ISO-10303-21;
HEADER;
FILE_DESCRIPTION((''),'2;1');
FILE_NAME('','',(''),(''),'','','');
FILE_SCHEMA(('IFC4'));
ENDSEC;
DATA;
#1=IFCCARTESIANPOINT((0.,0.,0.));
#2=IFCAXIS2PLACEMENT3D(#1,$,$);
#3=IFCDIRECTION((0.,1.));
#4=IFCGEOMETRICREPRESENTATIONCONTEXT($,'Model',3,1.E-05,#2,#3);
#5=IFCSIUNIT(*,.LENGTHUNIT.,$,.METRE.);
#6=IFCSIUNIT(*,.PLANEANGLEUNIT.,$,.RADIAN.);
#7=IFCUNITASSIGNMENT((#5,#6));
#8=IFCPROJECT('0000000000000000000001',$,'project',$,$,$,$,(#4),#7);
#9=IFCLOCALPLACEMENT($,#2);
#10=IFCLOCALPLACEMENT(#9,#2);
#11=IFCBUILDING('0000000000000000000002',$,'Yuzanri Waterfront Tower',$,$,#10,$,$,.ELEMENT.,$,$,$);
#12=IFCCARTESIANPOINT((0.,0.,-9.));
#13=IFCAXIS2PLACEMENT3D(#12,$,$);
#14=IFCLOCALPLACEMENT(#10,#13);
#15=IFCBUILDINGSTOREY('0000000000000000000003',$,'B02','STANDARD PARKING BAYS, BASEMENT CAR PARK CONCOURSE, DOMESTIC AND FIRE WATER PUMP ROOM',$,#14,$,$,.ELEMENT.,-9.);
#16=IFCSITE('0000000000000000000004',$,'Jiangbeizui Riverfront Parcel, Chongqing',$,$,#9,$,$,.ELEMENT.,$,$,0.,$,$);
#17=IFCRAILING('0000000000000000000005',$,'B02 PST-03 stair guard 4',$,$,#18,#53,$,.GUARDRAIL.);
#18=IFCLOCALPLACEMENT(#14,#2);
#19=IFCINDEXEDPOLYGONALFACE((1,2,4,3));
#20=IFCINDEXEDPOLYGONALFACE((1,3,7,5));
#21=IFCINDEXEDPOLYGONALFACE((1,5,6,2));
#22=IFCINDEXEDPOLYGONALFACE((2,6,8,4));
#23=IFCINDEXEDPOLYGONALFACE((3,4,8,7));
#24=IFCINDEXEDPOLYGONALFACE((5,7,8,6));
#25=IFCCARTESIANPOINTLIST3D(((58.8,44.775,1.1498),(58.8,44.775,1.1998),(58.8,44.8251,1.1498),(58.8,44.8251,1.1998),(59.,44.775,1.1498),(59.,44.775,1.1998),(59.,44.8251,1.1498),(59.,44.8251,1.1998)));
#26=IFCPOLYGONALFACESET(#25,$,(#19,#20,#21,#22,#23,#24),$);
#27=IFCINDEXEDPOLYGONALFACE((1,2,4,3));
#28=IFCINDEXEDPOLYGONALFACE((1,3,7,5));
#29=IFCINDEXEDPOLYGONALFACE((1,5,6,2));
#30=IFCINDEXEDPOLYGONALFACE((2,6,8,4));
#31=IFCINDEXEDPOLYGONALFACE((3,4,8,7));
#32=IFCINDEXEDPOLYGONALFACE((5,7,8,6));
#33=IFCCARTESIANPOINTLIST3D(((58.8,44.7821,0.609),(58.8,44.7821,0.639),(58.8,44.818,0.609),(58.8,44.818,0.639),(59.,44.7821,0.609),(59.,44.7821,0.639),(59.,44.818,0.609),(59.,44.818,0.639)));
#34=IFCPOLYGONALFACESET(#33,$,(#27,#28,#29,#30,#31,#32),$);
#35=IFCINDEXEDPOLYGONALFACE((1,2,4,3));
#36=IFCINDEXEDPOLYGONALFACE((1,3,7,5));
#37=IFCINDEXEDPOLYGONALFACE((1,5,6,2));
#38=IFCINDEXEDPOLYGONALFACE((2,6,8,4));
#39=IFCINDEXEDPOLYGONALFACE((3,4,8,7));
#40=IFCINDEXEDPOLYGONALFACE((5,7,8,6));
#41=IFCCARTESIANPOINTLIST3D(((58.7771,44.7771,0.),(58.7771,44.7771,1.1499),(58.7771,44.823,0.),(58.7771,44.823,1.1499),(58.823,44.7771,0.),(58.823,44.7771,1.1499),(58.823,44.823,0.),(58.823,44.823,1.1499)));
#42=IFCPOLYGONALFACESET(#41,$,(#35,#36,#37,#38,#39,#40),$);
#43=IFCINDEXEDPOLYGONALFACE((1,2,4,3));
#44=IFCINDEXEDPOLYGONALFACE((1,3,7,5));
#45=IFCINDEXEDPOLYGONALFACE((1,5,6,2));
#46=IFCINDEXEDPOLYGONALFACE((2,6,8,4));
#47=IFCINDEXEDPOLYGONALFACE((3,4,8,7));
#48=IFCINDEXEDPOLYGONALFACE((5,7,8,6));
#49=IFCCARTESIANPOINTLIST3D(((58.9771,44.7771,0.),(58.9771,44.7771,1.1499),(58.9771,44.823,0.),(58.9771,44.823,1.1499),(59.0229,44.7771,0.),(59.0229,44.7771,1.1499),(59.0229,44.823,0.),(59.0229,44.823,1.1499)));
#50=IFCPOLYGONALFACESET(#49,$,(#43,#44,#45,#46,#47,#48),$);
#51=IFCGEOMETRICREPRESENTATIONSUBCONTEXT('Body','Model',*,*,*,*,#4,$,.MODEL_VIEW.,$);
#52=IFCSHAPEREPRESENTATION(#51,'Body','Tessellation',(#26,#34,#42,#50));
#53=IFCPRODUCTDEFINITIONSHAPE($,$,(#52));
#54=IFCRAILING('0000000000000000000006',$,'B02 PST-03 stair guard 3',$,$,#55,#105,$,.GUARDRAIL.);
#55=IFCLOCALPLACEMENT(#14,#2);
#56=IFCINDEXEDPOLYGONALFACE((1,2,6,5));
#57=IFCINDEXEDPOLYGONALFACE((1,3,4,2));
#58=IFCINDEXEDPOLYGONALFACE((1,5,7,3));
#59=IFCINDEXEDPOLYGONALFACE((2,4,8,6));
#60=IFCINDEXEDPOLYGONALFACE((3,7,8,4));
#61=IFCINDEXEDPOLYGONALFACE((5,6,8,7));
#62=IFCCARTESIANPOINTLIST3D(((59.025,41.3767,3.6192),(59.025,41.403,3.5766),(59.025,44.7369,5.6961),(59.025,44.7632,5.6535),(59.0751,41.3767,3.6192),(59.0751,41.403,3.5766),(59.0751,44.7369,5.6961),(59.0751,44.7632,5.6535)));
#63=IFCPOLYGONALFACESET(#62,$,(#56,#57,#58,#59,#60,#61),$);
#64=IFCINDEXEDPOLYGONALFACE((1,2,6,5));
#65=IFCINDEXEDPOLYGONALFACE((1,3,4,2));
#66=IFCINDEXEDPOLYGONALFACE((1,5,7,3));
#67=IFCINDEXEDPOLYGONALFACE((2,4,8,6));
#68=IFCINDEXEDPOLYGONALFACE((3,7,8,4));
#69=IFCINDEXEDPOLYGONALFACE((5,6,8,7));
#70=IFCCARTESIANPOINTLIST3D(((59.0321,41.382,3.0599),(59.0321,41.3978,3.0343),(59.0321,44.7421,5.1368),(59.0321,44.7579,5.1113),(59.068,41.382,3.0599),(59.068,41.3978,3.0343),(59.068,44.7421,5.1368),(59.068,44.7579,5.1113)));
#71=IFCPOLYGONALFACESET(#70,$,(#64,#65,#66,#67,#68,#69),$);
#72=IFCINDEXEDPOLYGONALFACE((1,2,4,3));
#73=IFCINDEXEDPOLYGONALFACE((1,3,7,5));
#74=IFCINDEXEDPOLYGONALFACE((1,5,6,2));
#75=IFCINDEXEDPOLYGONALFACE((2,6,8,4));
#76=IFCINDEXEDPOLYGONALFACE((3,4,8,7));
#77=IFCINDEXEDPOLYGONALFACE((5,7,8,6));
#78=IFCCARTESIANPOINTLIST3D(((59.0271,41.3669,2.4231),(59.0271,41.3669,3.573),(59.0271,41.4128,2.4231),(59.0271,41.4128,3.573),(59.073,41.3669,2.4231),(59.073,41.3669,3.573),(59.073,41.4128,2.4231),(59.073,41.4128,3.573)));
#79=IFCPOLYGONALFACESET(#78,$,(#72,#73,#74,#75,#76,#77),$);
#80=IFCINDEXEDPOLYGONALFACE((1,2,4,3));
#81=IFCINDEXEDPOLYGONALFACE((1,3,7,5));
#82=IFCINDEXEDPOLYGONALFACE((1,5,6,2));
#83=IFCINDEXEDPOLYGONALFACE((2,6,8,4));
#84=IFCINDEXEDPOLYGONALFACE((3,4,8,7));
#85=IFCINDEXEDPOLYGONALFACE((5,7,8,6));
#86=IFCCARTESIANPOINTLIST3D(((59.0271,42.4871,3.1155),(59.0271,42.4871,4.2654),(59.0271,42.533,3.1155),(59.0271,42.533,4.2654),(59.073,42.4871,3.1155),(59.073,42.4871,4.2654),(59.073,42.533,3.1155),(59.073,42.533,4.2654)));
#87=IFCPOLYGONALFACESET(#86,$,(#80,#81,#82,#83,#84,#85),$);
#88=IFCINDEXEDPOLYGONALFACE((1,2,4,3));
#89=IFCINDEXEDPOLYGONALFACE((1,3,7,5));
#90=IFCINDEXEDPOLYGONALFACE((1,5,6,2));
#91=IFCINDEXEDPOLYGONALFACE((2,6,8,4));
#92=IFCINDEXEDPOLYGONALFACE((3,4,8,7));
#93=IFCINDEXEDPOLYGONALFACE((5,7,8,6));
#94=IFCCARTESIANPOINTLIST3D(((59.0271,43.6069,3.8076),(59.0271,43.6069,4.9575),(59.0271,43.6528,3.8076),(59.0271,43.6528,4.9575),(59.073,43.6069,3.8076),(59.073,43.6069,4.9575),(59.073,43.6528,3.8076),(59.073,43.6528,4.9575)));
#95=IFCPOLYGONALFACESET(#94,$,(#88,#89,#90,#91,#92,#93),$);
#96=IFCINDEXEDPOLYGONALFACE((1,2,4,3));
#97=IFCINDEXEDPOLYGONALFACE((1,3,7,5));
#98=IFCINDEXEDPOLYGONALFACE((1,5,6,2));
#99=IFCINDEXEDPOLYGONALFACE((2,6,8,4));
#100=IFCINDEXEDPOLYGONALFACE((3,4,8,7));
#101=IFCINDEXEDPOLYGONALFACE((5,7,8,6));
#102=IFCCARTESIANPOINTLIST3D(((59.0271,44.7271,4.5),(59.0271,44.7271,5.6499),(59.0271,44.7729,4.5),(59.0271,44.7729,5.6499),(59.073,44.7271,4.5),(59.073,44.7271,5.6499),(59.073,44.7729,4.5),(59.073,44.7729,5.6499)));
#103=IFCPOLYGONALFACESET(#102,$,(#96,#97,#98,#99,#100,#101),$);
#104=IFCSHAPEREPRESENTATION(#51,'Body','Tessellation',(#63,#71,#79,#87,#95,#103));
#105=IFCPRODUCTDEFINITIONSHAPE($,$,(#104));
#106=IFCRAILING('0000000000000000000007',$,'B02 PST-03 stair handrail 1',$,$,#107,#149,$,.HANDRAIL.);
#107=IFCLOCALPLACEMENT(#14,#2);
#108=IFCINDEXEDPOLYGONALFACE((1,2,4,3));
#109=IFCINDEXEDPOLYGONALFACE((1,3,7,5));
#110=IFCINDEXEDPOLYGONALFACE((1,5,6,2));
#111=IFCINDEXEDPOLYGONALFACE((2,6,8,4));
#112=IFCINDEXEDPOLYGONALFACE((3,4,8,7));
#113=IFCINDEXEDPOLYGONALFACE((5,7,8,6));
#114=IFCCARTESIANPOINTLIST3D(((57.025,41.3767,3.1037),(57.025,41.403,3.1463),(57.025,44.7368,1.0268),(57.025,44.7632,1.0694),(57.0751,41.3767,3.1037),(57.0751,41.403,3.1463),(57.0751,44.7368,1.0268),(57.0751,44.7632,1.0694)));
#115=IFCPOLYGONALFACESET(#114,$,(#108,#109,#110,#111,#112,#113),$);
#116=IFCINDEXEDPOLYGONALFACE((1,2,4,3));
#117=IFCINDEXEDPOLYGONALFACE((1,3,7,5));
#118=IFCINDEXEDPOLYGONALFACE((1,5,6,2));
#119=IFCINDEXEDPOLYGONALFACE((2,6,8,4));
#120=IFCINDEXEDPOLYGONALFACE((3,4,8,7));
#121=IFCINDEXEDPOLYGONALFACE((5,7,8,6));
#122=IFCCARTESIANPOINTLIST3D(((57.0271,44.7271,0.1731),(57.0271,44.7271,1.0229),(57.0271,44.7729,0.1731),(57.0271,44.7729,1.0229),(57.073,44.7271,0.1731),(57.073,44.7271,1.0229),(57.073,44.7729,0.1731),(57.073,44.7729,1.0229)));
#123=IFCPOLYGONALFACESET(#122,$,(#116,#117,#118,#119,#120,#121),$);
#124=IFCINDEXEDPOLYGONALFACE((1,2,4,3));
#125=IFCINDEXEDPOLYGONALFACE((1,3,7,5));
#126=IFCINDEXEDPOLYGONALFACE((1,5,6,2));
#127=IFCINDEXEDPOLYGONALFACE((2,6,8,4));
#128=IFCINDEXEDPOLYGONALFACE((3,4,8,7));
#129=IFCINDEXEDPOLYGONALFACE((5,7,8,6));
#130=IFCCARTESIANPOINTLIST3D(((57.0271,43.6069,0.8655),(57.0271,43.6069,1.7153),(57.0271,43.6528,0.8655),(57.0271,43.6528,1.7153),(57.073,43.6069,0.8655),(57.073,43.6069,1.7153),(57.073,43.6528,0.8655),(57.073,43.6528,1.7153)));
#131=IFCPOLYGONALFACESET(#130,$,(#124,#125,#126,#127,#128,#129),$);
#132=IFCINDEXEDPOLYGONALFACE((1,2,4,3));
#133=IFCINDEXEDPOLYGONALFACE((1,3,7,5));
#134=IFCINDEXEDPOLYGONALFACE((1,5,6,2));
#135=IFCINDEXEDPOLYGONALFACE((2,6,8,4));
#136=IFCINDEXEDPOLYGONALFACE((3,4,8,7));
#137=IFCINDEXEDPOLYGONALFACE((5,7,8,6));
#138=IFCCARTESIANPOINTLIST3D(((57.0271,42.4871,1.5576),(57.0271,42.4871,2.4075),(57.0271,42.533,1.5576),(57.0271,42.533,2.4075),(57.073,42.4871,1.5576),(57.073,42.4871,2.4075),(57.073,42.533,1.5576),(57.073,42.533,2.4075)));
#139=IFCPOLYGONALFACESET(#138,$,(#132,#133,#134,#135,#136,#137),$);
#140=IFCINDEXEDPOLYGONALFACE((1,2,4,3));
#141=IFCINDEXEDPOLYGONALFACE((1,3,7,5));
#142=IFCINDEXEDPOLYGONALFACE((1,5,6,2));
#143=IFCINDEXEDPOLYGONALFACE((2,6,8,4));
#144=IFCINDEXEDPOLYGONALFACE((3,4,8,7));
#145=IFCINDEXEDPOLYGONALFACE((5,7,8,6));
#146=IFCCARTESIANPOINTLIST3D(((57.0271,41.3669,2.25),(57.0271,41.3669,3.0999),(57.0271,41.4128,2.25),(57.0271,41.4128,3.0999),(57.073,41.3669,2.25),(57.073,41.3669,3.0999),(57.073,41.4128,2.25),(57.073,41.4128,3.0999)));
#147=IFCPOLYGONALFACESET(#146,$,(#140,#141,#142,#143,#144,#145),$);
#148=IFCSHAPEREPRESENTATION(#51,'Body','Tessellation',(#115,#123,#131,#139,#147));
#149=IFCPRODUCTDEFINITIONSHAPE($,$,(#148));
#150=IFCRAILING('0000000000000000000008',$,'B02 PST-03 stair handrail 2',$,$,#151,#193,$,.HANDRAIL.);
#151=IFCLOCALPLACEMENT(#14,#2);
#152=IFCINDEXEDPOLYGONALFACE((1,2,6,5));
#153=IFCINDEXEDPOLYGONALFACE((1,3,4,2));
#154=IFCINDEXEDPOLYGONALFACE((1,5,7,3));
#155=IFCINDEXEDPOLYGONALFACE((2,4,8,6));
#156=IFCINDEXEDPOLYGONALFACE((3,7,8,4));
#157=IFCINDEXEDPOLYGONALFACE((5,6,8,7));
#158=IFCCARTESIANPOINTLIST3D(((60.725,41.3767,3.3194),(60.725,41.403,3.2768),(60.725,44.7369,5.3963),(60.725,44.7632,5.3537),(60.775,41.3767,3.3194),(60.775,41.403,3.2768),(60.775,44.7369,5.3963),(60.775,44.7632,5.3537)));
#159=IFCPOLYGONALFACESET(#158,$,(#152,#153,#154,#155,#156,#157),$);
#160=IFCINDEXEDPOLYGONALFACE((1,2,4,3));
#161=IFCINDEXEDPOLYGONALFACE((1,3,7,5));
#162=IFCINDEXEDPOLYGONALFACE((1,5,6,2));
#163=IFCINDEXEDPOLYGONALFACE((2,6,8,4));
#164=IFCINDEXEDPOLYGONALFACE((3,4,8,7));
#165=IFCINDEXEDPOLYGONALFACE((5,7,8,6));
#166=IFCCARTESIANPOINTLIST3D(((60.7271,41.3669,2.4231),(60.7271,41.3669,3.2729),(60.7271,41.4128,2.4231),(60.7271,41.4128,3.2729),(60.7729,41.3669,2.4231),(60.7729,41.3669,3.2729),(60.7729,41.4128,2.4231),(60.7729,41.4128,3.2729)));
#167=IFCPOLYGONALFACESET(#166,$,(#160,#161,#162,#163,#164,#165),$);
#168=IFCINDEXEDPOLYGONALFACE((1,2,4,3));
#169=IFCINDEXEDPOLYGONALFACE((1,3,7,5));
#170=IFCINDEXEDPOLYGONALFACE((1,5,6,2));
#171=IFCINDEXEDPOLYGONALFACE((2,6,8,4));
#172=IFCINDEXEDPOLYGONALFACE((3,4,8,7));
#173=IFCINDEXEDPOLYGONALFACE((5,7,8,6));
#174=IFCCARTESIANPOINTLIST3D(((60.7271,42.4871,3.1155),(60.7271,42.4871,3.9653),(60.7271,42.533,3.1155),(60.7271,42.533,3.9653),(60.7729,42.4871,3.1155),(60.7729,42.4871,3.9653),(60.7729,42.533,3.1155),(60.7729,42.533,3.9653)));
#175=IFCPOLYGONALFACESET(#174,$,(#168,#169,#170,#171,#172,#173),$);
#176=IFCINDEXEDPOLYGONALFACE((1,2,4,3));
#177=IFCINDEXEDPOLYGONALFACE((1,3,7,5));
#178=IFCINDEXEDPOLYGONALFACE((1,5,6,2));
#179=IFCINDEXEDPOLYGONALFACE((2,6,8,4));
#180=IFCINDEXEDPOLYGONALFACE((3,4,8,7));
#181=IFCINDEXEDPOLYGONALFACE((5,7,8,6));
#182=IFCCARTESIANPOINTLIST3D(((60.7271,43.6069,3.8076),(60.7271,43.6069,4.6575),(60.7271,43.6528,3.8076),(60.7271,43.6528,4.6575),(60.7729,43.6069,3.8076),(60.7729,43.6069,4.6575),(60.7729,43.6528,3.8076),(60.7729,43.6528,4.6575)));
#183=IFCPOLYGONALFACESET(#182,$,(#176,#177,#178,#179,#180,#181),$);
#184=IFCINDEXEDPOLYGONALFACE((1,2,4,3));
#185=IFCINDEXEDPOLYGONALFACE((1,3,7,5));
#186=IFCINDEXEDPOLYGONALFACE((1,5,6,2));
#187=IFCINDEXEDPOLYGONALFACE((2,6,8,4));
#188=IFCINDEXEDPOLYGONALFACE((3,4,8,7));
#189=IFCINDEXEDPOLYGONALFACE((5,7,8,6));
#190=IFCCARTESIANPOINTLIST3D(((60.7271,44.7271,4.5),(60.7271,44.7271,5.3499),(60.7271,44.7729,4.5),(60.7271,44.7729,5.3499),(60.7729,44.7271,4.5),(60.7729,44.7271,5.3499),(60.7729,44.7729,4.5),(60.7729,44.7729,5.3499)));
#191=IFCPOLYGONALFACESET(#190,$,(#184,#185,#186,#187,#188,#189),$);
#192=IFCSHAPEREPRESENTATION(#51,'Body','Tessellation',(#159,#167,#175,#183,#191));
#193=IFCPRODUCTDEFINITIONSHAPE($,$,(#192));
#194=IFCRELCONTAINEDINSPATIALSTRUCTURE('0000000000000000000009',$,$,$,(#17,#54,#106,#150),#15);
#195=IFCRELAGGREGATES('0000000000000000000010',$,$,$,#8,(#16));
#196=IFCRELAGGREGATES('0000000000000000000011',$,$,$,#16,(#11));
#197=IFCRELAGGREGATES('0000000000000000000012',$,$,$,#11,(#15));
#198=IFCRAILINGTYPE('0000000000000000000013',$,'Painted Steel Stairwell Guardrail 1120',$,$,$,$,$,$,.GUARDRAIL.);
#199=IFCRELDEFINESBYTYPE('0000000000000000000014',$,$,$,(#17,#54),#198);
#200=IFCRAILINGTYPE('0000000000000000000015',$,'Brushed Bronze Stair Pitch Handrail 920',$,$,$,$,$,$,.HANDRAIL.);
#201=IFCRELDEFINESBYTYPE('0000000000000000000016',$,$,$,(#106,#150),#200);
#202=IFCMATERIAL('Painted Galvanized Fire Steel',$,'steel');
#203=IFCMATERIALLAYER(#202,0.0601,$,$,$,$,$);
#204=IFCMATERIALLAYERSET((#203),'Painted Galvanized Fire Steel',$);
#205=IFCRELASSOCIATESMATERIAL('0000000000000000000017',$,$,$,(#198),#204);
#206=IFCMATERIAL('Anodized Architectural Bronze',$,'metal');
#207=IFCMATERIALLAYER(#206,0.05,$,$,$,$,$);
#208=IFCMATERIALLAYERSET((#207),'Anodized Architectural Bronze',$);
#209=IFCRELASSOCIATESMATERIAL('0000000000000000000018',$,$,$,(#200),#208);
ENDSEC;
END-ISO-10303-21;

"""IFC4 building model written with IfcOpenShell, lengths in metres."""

from ifc_helpers import new_model, si_unit, direction, frame, origin, origin_2d, place, context, subcontext, project, spatial, rectangle, extrude, source, transform, mapped, material, layer, layer_set, type_object, element, save


model = new_model("IFC4")

# Units and contexts
model_context = context("Model", 3, precision=1e-05, world=origin(), true_north=direction((0.0, 1.0)))
body_context = subcontext(model_context, "Body", "Model", "MODEL_VIEW")
ifc_project = project(units=[si_unit("LENGTHUNIT", "METRE"), si_unit("PLANEANGLEUNIT", "RADIAN")], contexts=[model_context])

# Site, building, storey
site_placement = place(None, origin())
site = spatial("IfcSite", under=ifc_project, at=site_placement, Name="Jiangbeizui Riverfront Parcel, Chongqing", CompositionType="ELEMENT", RefElevation=0.0)
building_placement = place(site_placement, origin())
building = spatial("IfcBuilding", under=site, at=building_placement, Name="Yuzanri Waterfront Tower", CompositionType="ELEMENT")
storey_placement = place(building_placement, frame((0.0, 0.0, -9.0)))
storey = spatial("IfcBuildingStorey", under=building, at=storey_placement, Name="B02", Description="STANDARD PARKING BAYS, BASEMENT CAR PARK CONCOURSE, DOMESTIC AND FIRE WATER PUMP ROOM", CompositionType="ELEMENT", Elevation=-9.0)

# Railings
ifc_material_1 = material(Name="Painted Galvanized Fire Steel", Category="steel")
ifc_layer_1 = layer(ifc_material_1, 0.0601)
ifc_layer_set_1 = layer_set([ifc_layer_1], Name="Painted Galvanized Fire Steel")
railing_type_1 = type_object("IfcRailingType", Name="Painted Steel Stairwell Guardrail 1120", PredefinedType="GUARDRAIL", material=ifc_layer_set_1)
shared_shape_1 = source(origin(), body_context, "Body", "SweptSolid", [
    extrude(rectangle(XDim=0.05, YDim=0.05, at=origin_2d()), frame((0.0, 0.0, 1.1748), z_axis=(1.0, 0.0, 0.0), x_axis=(0.0, 1.0, 0.0)), (0.0, 0.0, 1.0), 0.2),
    extrude(rectangle(XDim=0.0359, YDim=0.03, at=origin_2d()), frame((0.0, 0.0, 0.624), z_axis=(1.0, 0.0, 0.0), x_axis=(0.0, 1.0, 0.0)), (0.0, 0.0, 1.0), 0.2),
    extrude(rectangle(XDim=0.0459, YDim=0.0459, at=origin_2d()), origin(), (0.0, 0.0, 1.0), 1.1499),
    extrude(rectangle(XDim=0.0459, YDim=0.0459, at=origin_2d()), frame((0.2, 0.0, 0.0)), (0.0, 0.0, 1.0), 1.1499),
])
for number, where, name in (
    (1, (58.8, 44.8, 0.0), "B02 PST-03 stair guard 4"),
):
    element("IfcRailing", number, at=place(storey_placement, frame(where)), inside=storey, type_object=railing_type_1, Name=name, PredefinedType="GUARDRAIL", context=body_context, shape_type="MappedRepresentation", body=[
        mapped(shared_shape_1, transform((0.0, 0.0, 0.0), scale=1.0)),
    ])
shared_shape_2 = source(origin(), body_context, "Body", "SweptSolid", [
    extrude(rectangle(XDim=0.05, YDim=0.05, at=origin_2d()), frame((0.0, 0.0, 1.1748), z_axis=(0.0, 0.850623, 0.525776), x_axis=(-1.0, 0.0, 0.0)), (0.0, 0.0, 1.0), 3.9502),
    extrude(rectangle(XDim=0.0359, YDim=0.03, at=origin_2d()), frame((0.0, 0.0, 0.624), z_axis=(0.0, 0.850623, 0.525776), x_axis=(-1.0, 0.0, 0.0)), (0.0, 0.0, 1.0), 3.9502),
    extrude(rectangle(XDim=0.0459, YDim=0.0459, at=origin_2d()), origin(), (0.0, 0.0, 1.0), 1.1499),
    extrude(rectangle(XDim=0.0459, YDim=0.0459, at=origin_2d()), frame((0.0, 1.1201, 0.6924)), (0.0, 0.0, 1.0), 1.1499),
    extrude(rectangle(XDim=0.0459, YDim=0.0459, at=origin_2d()), frame((0.0, 2.24, 1.3845)), (0.0, 0.0, 1.0), 1.1499),
    extrude(rectangle(XDim=0.0459, YDim=0.0459, at=origin_2d()), frame((0.0, 3.3601, 2.0769)), (0.0, 0.0, 1.0), 1.1499),
])
railing_1_placement = place(storey_placement, frame((59.05, 41.3899, 2.4231)))
element("IfcRailing", 2, at=railing_1_placement, inside=storey, type_object=railing_type_1, Name="B02 PST-03 stair guard 3", PredefinedType="GUARDRAIL", context=body_context, shape_type="MappedRepresentation", body=[
    mapped(shared_shape_2, transform((0.0, 0.0, 0.0), scale=1.0)),
])
ifc_material_2 = material(Name="Anodized Architectural Bronze", Category="metal")
ifc_layer_2 = layer(ifc_material_2, 0.05)
ifc_layer_set_2 = layer_set([ifc_layer_2], Name="Anodized Architectural Bronze")
railing_type_2 = type_object("IfcRailingType", Name="Brushed Bronze Stair Pitch Handrail 920", PredefinedType="HANDRAIL", material=ifc_layer_set_2)
shared_shape_3 = source(origin(), body_context, "Body", "SweptSolid", [
    extrude(rectangle(XDim=0.05, YDim=0.05, at=origin_2d()), frame((0.0, 0.0, 0.875), z_axis=(0.0, -0.850623, 0.525776), x_axis=(1.0, 0.0, 0.0)), (0.0, 0.0, 1.0), 3.9502),
    extrude(rectangle(XDim=0.0459, YDim=0.0459, at=origin_2d()), origin(), (0.0, 0.0, 1.0), 0.8499),
    extrude(rectangle(XDim=0.0459, YDim=0.0459, at=origin_2d()), frame((0.0, -1.1201, 0.6924)), (0.0, 0.0, 1.0), 0.8499),
    extrude(rectangle(XDim=0.0459, YDim=0.0459, at=origin_2d()), frame((0.0, -2.24, 1.3845)), (0.0, 0.0, 1.0), 0.8499),
    extrude(rectangle(XDim=0.0459, YDim=0.0459, at=origin_2d()), frame((0.0, -3.3601, 2.0769)), (0.0, 0.0, 1.0), 0.8499),
])
railing_2_placement = place(storey_placement, frame((57.05, 44.75, 0.1731)))
element("IfcRailing", 3, at=railing_2_placement, inside=storey, type_object=railing_type_2, Name="B02 PST-03 stair handrail 1", PredefinedType="HANDRAIL", context=body_context, shape_type="MappedRepresentation", body=[
    mapped(shared_shape_3, transform((0.0, 0.0, 0.0), scale=1.0)),
])
shared_shape_4 = source(origin(), body_context, "Body", "SweptSolid", [
    extrude(rectangle(XDim=0.05, YDim=0.05, at=origin_2d()), frame((0.0, 0.0, 0.875), z_axis=(0.0, 0.850623, 0.525776), x_axis=(-1.0, 0.0, 0.0)), (0.0, 0.0, 1.0), 3.9502),
    extrude(rectangle(XDim=0.0459, YDim=0.0459, at=origin_2d()), origin(), (0.0, 0.0, 1.0), 0.8499),
    extrude(rectangle(XDim=0.0459, YDim=0.0459, at=origin_2d()), frame((0.0, 1.1201, 0.6924)), (0.0, 0.0, 1.0), 0.8499),
    extrude(rectangle(XDim=0.0459, YDim=0.0459, at=origin_2d()), frame((0.0, 2.24, 1.3845)), (0.0, 0.0, 1.0), 0.8499),
    extrude(rectangle(XDim=0.0459, YDim=0.0459, at=origin_2d()), frame((0.0, 3.3601, 2.0769)), (0.0, 0.0, 1.0), 0.8499),
])
railing_3_placement = place(storey_placement, frame((60.75, 41.3899, 2.4231)))
element("IfcRailing", 4, at=railing_3_placement, inside=storey, type_object=railing_type_2, Name="B02 PST-03 stair handrail 2", PredefinedType="HANDRAIL", context=body_context, shape_type="MappedRepresentation", body=[
    mapped(shared_shape_4, transform((0.0, 0.0, 0.0), scale=1.0)),
])

save(model, "model.ifc")
